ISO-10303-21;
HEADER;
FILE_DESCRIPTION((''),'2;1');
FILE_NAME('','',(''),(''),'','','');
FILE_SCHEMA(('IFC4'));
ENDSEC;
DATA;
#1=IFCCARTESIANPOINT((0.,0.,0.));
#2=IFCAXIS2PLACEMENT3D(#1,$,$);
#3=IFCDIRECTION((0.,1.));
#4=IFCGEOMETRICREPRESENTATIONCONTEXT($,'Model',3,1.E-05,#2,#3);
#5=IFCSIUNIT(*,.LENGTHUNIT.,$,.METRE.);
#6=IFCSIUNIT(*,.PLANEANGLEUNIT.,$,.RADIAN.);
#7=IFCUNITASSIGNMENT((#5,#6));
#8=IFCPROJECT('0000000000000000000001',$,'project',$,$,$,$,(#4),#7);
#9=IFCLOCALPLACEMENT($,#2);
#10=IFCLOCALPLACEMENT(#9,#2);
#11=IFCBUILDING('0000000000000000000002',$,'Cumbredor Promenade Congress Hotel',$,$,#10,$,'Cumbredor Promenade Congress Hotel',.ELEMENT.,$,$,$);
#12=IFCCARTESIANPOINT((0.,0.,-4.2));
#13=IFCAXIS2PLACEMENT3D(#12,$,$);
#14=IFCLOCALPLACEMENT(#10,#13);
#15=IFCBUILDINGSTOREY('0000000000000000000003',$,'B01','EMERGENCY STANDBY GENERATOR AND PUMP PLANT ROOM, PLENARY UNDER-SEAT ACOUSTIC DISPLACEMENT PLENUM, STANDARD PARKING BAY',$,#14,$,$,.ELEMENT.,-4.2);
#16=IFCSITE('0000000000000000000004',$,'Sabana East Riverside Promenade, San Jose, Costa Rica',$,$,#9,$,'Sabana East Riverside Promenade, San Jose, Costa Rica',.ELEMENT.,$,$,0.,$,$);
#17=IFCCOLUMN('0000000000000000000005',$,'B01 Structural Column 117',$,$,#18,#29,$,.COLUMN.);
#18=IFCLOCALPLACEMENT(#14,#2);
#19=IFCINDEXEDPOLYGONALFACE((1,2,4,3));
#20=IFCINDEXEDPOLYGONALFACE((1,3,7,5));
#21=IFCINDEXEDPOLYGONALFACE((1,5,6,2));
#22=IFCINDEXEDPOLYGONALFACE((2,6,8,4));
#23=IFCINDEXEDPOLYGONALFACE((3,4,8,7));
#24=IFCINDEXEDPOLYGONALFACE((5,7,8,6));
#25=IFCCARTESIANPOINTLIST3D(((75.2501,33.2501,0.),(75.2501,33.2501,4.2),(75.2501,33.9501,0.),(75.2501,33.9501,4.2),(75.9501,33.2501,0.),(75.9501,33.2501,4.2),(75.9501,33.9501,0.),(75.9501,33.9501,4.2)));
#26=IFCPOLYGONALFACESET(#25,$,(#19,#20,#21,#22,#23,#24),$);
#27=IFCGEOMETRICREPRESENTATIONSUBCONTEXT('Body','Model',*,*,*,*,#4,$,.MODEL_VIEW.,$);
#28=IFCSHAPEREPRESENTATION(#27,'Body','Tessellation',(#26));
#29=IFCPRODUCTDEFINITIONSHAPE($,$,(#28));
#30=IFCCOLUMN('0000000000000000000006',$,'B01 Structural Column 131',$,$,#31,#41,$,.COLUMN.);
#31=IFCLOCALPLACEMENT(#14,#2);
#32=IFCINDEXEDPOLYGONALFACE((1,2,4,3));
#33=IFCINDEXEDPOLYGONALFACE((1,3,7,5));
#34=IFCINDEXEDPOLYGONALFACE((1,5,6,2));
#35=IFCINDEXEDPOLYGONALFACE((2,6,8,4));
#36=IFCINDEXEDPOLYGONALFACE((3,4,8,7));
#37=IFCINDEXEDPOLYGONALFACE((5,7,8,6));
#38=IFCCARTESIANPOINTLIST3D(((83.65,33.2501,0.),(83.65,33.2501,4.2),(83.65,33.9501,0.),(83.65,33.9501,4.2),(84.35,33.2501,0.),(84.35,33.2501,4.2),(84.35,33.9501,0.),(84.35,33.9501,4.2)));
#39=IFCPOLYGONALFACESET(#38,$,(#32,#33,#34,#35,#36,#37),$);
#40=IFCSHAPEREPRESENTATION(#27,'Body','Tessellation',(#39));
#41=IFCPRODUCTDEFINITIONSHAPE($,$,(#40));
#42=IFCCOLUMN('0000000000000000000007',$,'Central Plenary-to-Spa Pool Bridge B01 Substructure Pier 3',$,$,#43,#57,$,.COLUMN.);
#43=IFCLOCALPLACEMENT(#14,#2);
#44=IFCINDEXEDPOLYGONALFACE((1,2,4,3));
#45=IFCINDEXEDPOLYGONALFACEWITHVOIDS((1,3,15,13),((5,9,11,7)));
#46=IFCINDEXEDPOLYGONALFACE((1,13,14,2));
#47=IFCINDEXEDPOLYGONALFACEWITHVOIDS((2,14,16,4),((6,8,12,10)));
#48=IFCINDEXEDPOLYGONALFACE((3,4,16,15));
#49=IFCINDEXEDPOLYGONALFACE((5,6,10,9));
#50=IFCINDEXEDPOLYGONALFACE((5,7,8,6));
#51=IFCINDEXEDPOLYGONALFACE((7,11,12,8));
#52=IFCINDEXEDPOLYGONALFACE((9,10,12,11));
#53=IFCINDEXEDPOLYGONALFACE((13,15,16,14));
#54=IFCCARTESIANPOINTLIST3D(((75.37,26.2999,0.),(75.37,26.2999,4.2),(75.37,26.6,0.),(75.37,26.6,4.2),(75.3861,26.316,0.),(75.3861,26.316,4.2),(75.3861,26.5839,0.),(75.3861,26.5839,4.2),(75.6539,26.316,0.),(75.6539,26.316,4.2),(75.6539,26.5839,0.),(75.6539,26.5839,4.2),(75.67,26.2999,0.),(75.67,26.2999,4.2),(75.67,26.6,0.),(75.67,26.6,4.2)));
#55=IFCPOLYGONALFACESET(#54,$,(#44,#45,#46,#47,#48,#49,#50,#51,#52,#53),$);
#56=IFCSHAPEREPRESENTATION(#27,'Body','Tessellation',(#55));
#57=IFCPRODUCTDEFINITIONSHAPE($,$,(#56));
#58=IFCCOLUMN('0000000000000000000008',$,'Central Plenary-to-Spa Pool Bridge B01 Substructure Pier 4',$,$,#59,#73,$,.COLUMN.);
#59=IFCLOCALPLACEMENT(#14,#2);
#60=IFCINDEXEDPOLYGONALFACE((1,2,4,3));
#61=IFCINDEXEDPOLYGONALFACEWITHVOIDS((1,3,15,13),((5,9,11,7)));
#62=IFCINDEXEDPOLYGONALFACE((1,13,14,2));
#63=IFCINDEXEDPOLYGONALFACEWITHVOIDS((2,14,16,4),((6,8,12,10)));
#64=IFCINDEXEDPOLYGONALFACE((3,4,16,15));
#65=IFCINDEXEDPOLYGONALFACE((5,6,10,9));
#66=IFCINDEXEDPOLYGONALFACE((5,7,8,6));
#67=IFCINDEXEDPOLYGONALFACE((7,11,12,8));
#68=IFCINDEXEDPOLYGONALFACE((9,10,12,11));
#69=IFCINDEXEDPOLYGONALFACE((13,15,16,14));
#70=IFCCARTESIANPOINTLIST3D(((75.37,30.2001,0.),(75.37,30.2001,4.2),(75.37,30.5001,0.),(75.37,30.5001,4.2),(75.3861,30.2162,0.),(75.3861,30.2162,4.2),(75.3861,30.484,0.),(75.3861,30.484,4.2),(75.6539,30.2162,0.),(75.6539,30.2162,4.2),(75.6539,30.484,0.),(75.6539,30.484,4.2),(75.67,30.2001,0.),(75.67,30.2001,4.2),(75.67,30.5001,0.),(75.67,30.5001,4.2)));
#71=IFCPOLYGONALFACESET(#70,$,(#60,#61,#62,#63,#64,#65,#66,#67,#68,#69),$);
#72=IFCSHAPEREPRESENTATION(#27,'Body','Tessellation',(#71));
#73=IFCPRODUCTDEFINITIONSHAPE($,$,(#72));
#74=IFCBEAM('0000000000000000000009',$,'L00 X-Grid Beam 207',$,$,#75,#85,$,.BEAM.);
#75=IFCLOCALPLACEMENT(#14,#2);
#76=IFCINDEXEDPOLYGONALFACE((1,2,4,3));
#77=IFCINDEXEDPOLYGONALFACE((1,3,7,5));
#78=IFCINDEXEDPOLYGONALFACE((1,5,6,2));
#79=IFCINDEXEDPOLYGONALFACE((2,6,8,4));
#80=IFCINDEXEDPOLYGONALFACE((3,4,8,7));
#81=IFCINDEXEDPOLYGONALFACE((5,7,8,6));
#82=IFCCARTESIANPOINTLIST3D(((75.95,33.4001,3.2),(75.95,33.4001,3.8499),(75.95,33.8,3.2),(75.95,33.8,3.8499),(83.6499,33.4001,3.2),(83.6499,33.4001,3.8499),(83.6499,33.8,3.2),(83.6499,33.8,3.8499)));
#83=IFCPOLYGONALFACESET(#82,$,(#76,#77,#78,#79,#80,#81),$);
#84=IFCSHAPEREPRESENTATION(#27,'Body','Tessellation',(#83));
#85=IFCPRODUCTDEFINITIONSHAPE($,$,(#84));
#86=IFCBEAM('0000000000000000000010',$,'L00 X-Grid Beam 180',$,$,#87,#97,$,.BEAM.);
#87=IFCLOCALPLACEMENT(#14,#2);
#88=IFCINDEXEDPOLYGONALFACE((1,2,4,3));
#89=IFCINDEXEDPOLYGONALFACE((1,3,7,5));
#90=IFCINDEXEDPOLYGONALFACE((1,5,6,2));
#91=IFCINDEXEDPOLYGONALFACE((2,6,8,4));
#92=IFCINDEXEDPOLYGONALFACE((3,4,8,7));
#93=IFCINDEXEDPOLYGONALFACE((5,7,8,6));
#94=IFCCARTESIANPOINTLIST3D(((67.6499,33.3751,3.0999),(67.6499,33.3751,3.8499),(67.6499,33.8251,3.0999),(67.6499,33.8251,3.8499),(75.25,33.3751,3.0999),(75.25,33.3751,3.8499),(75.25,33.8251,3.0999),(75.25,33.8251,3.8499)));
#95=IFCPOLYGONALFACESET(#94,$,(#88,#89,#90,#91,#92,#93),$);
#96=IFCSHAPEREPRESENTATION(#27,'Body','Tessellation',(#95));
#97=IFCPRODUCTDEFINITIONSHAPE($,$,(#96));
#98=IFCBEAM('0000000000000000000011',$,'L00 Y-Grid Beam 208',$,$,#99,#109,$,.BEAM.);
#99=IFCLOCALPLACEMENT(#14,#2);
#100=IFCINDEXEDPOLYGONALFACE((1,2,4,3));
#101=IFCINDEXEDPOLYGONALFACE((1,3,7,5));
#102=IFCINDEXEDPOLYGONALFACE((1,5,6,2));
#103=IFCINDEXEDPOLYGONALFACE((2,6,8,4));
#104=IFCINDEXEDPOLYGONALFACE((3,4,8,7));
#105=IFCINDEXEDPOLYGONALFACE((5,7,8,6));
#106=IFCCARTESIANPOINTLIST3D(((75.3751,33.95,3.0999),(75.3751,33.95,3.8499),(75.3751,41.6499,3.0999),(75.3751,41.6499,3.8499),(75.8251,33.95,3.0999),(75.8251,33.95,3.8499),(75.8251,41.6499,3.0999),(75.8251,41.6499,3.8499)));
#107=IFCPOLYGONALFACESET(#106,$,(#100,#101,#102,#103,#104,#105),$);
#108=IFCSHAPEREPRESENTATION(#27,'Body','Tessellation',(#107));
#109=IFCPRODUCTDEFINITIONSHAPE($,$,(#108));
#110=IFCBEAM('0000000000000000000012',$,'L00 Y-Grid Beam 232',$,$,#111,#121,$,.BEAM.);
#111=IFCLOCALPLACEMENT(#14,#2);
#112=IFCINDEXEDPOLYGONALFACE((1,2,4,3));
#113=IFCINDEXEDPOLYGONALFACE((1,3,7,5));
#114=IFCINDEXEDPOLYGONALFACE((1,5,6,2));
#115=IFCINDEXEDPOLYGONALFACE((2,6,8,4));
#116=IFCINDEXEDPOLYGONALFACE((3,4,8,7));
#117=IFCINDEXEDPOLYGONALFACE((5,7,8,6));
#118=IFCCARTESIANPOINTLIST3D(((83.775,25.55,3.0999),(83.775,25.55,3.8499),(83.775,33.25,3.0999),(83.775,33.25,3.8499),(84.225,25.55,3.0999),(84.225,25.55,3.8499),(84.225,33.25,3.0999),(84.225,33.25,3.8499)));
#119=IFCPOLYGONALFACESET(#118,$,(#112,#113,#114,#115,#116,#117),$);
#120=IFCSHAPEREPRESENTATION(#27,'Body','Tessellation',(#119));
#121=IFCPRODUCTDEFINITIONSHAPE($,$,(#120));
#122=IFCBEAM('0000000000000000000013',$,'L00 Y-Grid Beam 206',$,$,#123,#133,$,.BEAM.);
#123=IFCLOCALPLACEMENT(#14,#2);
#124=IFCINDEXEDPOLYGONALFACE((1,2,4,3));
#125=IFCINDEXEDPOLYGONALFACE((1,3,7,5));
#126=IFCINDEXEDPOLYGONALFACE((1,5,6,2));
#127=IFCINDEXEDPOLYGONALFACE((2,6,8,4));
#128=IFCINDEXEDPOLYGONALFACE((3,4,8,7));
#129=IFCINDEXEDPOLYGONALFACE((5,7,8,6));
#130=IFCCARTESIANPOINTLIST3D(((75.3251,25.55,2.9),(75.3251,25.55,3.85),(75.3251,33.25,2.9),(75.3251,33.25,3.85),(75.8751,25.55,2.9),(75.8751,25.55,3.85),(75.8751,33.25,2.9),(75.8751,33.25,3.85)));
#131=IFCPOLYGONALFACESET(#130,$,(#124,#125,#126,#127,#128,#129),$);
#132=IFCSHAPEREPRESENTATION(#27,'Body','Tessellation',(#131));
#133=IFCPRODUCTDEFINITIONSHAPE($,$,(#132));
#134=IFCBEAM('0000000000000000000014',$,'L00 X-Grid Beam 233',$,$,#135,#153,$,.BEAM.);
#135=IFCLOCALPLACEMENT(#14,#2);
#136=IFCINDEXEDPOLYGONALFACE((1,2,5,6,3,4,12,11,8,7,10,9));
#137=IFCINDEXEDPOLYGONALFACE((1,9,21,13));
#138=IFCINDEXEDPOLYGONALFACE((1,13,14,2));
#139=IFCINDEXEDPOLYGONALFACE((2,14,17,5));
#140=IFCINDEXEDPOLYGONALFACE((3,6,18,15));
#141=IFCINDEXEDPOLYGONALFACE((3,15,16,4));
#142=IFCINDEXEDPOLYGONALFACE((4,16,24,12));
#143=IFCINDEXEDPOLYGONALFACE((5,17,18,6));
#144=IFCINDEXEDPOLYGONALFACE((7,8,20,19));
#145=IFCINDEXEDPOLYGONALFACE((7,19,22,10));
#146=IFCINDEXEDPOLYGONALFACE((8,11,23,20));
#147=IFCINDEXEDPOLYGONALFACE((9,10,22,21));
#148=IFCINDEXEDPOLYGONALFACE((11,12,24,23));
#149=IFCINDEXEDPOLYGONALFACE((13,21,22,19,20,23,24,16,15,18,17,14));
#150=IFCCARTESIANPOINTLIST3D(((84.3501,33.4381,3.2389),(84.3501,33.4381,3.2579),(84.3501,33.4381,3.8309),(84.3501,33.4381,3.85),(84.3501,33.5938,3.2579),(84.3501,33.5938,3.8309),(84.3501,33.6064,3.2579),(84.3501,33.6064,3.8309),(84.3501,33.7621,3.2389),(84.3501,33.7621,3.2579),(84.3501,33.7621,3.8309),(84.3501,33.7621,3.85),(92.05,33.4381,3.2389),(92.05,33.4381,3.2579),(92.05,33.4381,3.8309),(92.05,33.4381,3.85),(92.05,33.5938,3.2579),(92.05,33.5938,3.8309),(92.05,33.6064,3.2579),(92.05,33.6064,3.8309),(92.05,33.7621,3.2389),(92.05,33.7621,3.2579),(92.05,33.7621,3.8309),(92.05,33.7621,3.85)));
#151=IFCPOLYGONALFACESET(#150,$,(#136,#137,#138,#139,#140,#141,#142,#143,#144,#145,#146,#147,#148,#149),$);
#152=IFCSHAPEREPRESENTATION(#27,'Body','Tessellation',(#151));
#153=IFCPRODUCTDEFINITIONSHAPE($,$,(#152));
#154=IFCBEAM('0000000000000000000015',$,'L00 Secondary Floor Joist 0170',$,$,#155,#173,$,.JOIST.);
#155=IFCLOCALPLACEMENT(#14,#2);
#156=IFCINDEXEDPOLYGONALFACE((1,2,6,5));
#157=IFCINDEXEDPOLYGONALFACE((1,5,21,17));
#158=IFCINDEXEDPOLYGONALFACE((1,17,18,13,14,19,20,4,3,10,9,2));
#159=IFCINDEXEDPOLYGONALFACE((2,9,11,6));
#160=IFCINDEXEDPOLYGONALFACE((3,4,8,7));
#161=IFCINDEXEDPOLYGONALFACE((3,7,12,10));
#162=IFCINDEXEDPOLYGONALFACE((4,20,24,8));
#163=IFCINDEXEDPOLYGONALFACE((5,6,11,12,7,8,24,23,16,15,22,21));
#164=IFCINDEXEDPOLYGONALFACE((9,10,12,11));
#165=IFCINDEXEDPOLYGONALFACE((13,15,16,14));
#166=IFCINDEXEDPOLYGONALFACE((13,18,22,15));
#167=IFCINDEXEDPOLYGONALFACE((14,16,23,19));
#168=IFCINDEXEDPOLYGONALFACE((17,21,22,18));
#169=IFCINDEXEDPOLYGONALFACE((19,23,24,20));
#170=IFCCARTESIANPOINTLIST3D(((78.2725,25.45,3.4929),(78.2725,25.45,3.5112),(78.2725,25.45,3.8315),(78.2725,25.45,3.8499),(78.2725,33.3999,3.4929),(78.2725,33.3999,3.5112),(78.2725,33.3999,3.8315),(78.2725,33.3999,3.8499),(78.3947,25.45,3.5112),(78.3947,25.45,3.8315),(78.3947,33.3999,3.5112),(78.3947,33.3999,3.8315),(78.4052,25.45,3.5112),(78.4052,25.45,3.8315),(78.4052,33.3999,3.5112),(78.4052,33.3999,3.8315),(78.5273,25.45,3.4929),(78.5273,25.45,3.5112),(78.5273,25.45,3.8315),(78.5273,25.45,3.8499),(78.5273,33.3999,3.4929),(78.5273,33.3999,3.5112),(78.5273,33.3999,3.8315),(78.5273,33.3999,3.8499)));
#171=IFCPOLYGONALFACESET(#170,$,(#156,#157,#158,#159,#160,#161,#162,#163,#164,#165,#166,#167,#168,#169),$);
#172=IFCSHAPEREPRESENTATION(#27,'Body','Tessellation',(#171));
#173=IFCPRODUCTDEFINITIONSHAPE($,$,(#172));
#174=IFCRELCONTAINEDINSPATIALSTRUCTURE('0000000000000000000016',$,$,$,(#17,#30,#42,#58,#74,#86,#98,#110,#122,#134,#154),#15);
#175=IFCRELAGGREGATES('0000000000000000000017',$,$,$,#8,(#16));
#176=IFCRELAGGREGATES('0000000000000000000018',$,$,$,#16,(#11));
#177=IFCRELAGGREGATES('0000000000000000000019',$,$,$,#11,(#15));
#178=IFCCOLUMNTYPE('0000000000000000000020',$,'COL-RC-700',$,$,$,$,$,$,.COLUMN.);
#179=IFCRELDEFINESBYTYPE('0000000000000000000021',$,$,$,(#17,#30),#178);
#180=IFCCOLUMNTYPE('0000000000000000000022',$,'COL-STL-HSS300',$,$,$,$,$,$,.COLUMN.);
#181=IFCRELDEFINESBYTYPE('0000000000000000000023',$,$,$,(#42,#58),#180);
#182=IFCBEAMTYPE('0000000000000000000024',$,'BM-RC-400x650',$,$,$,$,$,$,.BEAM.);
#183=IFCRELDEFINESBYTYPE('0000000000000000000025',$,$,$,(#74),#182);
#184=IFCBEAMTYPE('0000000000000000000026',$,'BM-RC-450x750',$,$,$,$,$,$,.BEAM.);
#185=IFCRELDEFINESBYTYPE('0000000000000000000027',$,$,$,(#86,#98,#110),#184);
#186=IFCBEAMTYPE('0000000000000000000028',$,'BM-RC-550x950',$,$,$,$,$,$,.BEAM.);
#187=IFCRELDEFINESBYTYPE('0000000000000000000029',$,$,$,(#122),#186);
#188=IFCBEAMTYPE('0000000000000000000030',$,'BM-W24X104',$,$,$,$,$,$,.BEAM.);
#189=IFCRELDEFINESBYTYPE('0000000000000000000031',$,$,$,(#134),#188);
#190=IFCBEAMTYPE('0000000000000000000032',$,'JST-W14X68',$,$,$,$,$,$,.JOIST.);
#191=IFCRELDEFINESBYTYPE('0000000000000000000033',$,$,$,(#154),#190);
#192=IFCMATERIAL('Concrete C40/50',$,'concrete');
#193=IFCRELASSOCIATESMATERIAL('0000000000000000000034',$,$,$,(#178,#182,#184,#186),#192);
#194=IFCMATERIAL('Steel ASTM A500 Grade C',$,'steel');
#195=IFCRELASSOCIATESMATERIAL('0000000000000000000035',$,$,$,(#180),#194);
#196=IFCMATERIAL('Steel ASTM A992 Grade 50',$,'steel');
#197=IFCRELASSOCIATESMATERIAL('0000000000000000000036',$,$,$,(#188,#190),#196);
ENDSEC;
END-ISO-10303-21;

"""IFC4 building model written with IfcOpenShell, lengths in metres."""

from ifc_helpers import new_model, si_unit, direction, frame, origin, origin_2d, place, context, subcontext, project, spatial, rectangle, hollow_rectangle, i_section, extrude, material, material_profile, profile_set, type_object, element, save


model = new_model("IFC4")

# Units and contexts
model_context = context("Model", 3, precision=1e-05, world=origin(), true_north=direction((0.0, 1.0)))
body_context = subcontext(model_context, "Body", "Model", "MODEL_VIEW")
ifc_project = project(units=[si_unit("LENGTHUNIT", "METRE"), si_unit("PLANEANGLEUNIT", "RADIAN")], contexts=[model_context])

# Site, building, storey
site_placement = place(None, origin())
site = spatial("IfcSite", under=ifc_project, at=site_placement, Name="Sabana East Riverside Promenade, San Jose, Costa Rica", LongName="Sabana East Riverside Promenade, San Jose, Costa Rica", CompositionType="ELEMENT", RefElevation=0.0)
building_placement = place(site_placement, origin())
building = spatial("IfcBuilding", under=site, at=building_placement, Name="Cumbredor Promenade Congress Hotel", LongName="Cumbredor Promenade Congress Hotel", CompositionType="ELEMENT")
storey_placement = place(building_placement, frame((0.0, 0.0, -4.2)))
storey = spatial("IfcBuildingStorey", under=building, at=storey_placement, Name="B01", Description="EMERGENCY STANDBY GENERATOR AND PUMP PLANT ROOM, PLENARY UNDER-SEAT ACOUSTIC DISPLACEMENT PLENUM, STANDARD PARKING BAY", CompositionType="ELEMENT", Elevation=-4.2)

# Columns
ifc_material_1 = material(Name="Concrete C40/50", Category="concrete")
ifc_material_profile_1 = material_profile(ifc_material_1, rectangle(XDim=0.7, YDim=0.7, at=origin_2d()), Name="RC 700x700")
ifc_profile_set_1 = profile_set([ifc_material_profile_1], Name="Concrete C40/50")
column_type_1 = type_object("IfcColumnType", Name="COL-RC-700", PredefinedType="COLUMN", material=ifc_profile_set_1)
for number, where, z_axis, x_axis, name in (
    (1, (75.6001, 33.6001, 0.0), (0.0, 0.0, 1.0), (1.0, 0.0, 0.0), "B01 Structural Column 117"),
    (2, (84.0, 33.6001, 0.0), (0.0, 0.0, 1.0), (1.0, 0.0, 0.0), "B01 Structural Column 131"),
):
    element("IfcColumn", number, at=place(storey_placement, frame(where, z_axis=z_axis, x_axis=x_axis)), inside=storey, type_object=column_type_1, Name=name, PredefinedType="COLUMN", context=body_context, shape_type="SweptSolid", body=[
        extrude(rectangle(XDim=0.7, YDim=0.7, at=origin_2d()), origin(), (0.0, 0.0, 1.0), 4.2),
    ])
ifc_material_2 = material(Name="Steel ASTM A500 Grade C", Category="steel")
ifc_material_profile_2 = material_profile(ifc_material_2, hollow_rectangle(XDim=0.3, YDim=0.3, WallThickness=0.0161, at=origin_2d()), Name="HSS 300x300x16")
ifc_profile_set_2 = profile_set([ifc_material_profile_2], Name="Steel ASTM A500 Grade C")
column_type_2 = type_object("IfcColumnType", Name="COL-STL-HSS300", PredefinedType="COLUMN", material=ifc_profile_set_2)
for number, where, z_axis, x_axis, name in (
    (3, (75.52, 26.45, 0.0), (0.0, 0.0, 1.0), (1.0, 0.0, 0.0), "Central Plenary-to-Spa Pool Bridge B01 Substructure Pier 3"),
    (4, (75.52, 30.3501, 0.0), (0.0, 0.0, 1.0), (1.0, 0.0, 0.0), "Central Plenary-to-Spa Pool Bridge B01 Substructure Pier 4"),
):
    element("IfcColumn", number, at=place(storey_placement, frame(where, z_axis=z_axis, x_axis=x_axis)), inside=storey, type_object=column_type_2, Name=name, PredefinedType="COLUMN", context=body_context, shape_type="SweptSolid", body=[
        extrude(hollow_rectangle(XDim=0.3, YDim=0.3, WallThickness=0.0161, at=origin_2d()), origin(), (0.0, 0.0, 1.0), 4.2),
    ])

# Beams
ifc_material_profile_3 = material_profile(ifc_material_1, rectangle(XDim=0.3999, YDim=0.6499, at=origin_2d()), Name="RC BEAM 400x650")
ifc_profile_set_3 = profile_set([ifc_material_profile_3], Name="Concrete C40/50")
beam_type_1 = type_object("IfcBeamType", Name="BM-RC-400x650", PredefinedType="BEAM", material=ifc_profile_set_3)
beam_1_placement = place(storey_placement, frame((75.95, 33.6001, 3.5249), z_axis=(1.0, 0.0, 0.0), x_axis=(0.0, 1.0, 0.0)))
element("IfcBeam", 5, at=beam_1_placement, inside=storey, type_object=beam_type_1, Name="L00 X-Grid Beam 207", PredefinedType="BEAM", context=body_context, shape_type="SweptSolid", body=[
    extrude(rectangle(XDim=0.3999, YDim=0.6499, at=origin_2d()), origin(), (0.0, 0.0, 1.0), 7.7),
])
ifc_material_profile_4 = material_profile(ifc_material_1, rectangle(XDim=0.45, YDim=0.75, at=origin_2d()), Name="RC BEAM 450x750")
ifc_profile_set_4 = profile_set([ifc_material_profile_4], Name="Concrete C40/50")
beam_type_2 = type_object("IfcBeamType", Name="BM-RC-450x750", PredefinedType="BEAM", material=ifc_profile_set_4)
beam_2_placement = place(storey_placement, frame((67.6499, 33.6001, 3.4749), z_axis=(1.0, 0.0, 0.0), x_axis=(0.0, 1.0, 0.0)))
element("IfcBeam", 6, at=beam_2_placement, inside=storey, type_object=beam_type_2, Name="L00 X-Grid Beam 180", PredefinedType="BEAM", context=body_context, shape_type="SweptSolid", body=[
    extrude(rectangle(XDim=0.45, YDim=0.75, at=origin_2d()), origin(), (0.0, 0.0, 1.0), 7.6001),
])
for number, where, z_axis, x_axis, name in (
    (7, (75.6001, 33.95, 3.4749), (0.0, 1.0, 0.0), (-1.0, 0.0, 0.0), "L00 Y-Grid Beam 208"),
    (8, (84.0, 25.55, 3.4749), (0.0, 1.0, 0.0), (-1.0, 0.0, 0.0), "L00 Y-Grid Beam 232"),
):
    element("IfcBeam", number, at=place(storey_placement, frame(where, z_axis=z_axis, x_axis=x_axis)), inside=storey, type_object=beam_type_2, Name=name, PredefinedType="BEAM", context=body_context, shape_type="SweptSolid", body=[
        extrude(rectangle(XDim=0.45, YDim=0.75, at=origin_2d()), origin(), (0.0, 0.0, 1.0), 7.7),
    ])
ifc_material_profile_5 = material_profile(ifc_material_1, rectangle(XDim=0.55, YDim=0.95, at=origin_2d()), Name="RC BEAM 550x950")
ifc_profile_set_5 = profile_set([ifc_material_profile_5], Name="Concrete C40/50")
beam_type_3 = type_object("IfcBeamType", Name="BM-RC-550x950", PredefinedType="BEAM", material=ifc_profile_set_5)
beam_3_placement = place(storey_placement, frame((75.6001, 25.55, 3.375), z_axis=(0.0, 1.0, 0.0), x_axis=(-1.0, 0.0, 0.0)))
element("IfcBeam", 9, at=beam_3_placement, inside=storey, type_object=beam_type_3, Name="L00 Y-Grid Beam 206", PredefinedType="BEAM", context=body_context, shape_type="SweptSolid", body=[
    extrude(rectangle(XDim=0.55, YDim=0.95, at=origin_2d()), origin(), (0.0, 0.0, 1.0), 7.7),
])
ifc_material_3 = material(Name="Steel ASTM A992 Grade 50", Category="steel")
ifc_material_profile_6 = material_profile(ifc_material_3, i_section(OverallWidth=0.324, OverallDepth=0.6111, WebThickness=0.0127, FlangeThickness=0.019, at=origin_2d()), Name="W24X104")
ifc_profile_set_6 = profile_set([ifc_material_profile_6], Name="Steel ASTM A992 Grade 50")
beam_type_4 = type_object("IfcBeamType", Name="BM-W24X104", PredefinedType="BEAM", material=ifc_profile_set_6)
beam_4_placement = place(storey_placement, frame((84.3501, 33.6001, 3.5444), z_axis=(1.0, 0.0, 0.0), x_axis=(0.0, 1.0, 0.0)))
element("IfcBeam", 10, at=beam_4_placement, inside=storey, type_object=beam_type_4, Name="L00 X-Grid Beam 233", PredefinedType="BEAM", context=body_context, shape_type="SweptSolid", body=[
    extrude(i_section(OverallWidth=0.324, OverallDepth=0.6111, WebThickness=0.0127, FlangeThickness=0.019, at=origin_2d()), origin(), (0.0, 0.0, 1.0), 7.7),
])
ifc_material_profile_7 = material_profile(ifc_material_3, i_section(OverallWidth=0.2549, OverallDepth=0.3569, WebThickness=0.0105, FlangeThickness=0.0183, at=origin_2d()), Name="W14X68")
ifc_profile_set_7 = profile_set([ifc_material_profile_7], Name="Steel ASTM A992 Grade 50")
beam_type_5 = type_object("IfcBeamType", Name="JST-W14X68", PredefinedType="JOIST", material=ifc_profile_set_7)
for number, where, z_axis, x_axis, name in (
    (11, (78.3999, 25.45, 3.6714), (0.0, 1.0, 0.0), (-1.0, 0.0, 0.0), "L00 Secondary Floor Joist 0170"),
):
    element("IfcBeam", number, at=place(storey_placement, frame(where, z_axis=z_axis, x_axis=x_axis)), inside=storey, type_object=beam_type_5, Name=name, PredefinedType="JOIST", context=body_context, shape_type="SweptSolid", body=[
        extrude(i_section(OverallWidth=0.2549, OverallDepth=0.3569, WebThickness=0.0105, FlangeThickness=0.0183, at=origin_2d()), origin(), (0.0, 0.0, 1.0), 7.95),
    ])

save(model, "model.ifc")
